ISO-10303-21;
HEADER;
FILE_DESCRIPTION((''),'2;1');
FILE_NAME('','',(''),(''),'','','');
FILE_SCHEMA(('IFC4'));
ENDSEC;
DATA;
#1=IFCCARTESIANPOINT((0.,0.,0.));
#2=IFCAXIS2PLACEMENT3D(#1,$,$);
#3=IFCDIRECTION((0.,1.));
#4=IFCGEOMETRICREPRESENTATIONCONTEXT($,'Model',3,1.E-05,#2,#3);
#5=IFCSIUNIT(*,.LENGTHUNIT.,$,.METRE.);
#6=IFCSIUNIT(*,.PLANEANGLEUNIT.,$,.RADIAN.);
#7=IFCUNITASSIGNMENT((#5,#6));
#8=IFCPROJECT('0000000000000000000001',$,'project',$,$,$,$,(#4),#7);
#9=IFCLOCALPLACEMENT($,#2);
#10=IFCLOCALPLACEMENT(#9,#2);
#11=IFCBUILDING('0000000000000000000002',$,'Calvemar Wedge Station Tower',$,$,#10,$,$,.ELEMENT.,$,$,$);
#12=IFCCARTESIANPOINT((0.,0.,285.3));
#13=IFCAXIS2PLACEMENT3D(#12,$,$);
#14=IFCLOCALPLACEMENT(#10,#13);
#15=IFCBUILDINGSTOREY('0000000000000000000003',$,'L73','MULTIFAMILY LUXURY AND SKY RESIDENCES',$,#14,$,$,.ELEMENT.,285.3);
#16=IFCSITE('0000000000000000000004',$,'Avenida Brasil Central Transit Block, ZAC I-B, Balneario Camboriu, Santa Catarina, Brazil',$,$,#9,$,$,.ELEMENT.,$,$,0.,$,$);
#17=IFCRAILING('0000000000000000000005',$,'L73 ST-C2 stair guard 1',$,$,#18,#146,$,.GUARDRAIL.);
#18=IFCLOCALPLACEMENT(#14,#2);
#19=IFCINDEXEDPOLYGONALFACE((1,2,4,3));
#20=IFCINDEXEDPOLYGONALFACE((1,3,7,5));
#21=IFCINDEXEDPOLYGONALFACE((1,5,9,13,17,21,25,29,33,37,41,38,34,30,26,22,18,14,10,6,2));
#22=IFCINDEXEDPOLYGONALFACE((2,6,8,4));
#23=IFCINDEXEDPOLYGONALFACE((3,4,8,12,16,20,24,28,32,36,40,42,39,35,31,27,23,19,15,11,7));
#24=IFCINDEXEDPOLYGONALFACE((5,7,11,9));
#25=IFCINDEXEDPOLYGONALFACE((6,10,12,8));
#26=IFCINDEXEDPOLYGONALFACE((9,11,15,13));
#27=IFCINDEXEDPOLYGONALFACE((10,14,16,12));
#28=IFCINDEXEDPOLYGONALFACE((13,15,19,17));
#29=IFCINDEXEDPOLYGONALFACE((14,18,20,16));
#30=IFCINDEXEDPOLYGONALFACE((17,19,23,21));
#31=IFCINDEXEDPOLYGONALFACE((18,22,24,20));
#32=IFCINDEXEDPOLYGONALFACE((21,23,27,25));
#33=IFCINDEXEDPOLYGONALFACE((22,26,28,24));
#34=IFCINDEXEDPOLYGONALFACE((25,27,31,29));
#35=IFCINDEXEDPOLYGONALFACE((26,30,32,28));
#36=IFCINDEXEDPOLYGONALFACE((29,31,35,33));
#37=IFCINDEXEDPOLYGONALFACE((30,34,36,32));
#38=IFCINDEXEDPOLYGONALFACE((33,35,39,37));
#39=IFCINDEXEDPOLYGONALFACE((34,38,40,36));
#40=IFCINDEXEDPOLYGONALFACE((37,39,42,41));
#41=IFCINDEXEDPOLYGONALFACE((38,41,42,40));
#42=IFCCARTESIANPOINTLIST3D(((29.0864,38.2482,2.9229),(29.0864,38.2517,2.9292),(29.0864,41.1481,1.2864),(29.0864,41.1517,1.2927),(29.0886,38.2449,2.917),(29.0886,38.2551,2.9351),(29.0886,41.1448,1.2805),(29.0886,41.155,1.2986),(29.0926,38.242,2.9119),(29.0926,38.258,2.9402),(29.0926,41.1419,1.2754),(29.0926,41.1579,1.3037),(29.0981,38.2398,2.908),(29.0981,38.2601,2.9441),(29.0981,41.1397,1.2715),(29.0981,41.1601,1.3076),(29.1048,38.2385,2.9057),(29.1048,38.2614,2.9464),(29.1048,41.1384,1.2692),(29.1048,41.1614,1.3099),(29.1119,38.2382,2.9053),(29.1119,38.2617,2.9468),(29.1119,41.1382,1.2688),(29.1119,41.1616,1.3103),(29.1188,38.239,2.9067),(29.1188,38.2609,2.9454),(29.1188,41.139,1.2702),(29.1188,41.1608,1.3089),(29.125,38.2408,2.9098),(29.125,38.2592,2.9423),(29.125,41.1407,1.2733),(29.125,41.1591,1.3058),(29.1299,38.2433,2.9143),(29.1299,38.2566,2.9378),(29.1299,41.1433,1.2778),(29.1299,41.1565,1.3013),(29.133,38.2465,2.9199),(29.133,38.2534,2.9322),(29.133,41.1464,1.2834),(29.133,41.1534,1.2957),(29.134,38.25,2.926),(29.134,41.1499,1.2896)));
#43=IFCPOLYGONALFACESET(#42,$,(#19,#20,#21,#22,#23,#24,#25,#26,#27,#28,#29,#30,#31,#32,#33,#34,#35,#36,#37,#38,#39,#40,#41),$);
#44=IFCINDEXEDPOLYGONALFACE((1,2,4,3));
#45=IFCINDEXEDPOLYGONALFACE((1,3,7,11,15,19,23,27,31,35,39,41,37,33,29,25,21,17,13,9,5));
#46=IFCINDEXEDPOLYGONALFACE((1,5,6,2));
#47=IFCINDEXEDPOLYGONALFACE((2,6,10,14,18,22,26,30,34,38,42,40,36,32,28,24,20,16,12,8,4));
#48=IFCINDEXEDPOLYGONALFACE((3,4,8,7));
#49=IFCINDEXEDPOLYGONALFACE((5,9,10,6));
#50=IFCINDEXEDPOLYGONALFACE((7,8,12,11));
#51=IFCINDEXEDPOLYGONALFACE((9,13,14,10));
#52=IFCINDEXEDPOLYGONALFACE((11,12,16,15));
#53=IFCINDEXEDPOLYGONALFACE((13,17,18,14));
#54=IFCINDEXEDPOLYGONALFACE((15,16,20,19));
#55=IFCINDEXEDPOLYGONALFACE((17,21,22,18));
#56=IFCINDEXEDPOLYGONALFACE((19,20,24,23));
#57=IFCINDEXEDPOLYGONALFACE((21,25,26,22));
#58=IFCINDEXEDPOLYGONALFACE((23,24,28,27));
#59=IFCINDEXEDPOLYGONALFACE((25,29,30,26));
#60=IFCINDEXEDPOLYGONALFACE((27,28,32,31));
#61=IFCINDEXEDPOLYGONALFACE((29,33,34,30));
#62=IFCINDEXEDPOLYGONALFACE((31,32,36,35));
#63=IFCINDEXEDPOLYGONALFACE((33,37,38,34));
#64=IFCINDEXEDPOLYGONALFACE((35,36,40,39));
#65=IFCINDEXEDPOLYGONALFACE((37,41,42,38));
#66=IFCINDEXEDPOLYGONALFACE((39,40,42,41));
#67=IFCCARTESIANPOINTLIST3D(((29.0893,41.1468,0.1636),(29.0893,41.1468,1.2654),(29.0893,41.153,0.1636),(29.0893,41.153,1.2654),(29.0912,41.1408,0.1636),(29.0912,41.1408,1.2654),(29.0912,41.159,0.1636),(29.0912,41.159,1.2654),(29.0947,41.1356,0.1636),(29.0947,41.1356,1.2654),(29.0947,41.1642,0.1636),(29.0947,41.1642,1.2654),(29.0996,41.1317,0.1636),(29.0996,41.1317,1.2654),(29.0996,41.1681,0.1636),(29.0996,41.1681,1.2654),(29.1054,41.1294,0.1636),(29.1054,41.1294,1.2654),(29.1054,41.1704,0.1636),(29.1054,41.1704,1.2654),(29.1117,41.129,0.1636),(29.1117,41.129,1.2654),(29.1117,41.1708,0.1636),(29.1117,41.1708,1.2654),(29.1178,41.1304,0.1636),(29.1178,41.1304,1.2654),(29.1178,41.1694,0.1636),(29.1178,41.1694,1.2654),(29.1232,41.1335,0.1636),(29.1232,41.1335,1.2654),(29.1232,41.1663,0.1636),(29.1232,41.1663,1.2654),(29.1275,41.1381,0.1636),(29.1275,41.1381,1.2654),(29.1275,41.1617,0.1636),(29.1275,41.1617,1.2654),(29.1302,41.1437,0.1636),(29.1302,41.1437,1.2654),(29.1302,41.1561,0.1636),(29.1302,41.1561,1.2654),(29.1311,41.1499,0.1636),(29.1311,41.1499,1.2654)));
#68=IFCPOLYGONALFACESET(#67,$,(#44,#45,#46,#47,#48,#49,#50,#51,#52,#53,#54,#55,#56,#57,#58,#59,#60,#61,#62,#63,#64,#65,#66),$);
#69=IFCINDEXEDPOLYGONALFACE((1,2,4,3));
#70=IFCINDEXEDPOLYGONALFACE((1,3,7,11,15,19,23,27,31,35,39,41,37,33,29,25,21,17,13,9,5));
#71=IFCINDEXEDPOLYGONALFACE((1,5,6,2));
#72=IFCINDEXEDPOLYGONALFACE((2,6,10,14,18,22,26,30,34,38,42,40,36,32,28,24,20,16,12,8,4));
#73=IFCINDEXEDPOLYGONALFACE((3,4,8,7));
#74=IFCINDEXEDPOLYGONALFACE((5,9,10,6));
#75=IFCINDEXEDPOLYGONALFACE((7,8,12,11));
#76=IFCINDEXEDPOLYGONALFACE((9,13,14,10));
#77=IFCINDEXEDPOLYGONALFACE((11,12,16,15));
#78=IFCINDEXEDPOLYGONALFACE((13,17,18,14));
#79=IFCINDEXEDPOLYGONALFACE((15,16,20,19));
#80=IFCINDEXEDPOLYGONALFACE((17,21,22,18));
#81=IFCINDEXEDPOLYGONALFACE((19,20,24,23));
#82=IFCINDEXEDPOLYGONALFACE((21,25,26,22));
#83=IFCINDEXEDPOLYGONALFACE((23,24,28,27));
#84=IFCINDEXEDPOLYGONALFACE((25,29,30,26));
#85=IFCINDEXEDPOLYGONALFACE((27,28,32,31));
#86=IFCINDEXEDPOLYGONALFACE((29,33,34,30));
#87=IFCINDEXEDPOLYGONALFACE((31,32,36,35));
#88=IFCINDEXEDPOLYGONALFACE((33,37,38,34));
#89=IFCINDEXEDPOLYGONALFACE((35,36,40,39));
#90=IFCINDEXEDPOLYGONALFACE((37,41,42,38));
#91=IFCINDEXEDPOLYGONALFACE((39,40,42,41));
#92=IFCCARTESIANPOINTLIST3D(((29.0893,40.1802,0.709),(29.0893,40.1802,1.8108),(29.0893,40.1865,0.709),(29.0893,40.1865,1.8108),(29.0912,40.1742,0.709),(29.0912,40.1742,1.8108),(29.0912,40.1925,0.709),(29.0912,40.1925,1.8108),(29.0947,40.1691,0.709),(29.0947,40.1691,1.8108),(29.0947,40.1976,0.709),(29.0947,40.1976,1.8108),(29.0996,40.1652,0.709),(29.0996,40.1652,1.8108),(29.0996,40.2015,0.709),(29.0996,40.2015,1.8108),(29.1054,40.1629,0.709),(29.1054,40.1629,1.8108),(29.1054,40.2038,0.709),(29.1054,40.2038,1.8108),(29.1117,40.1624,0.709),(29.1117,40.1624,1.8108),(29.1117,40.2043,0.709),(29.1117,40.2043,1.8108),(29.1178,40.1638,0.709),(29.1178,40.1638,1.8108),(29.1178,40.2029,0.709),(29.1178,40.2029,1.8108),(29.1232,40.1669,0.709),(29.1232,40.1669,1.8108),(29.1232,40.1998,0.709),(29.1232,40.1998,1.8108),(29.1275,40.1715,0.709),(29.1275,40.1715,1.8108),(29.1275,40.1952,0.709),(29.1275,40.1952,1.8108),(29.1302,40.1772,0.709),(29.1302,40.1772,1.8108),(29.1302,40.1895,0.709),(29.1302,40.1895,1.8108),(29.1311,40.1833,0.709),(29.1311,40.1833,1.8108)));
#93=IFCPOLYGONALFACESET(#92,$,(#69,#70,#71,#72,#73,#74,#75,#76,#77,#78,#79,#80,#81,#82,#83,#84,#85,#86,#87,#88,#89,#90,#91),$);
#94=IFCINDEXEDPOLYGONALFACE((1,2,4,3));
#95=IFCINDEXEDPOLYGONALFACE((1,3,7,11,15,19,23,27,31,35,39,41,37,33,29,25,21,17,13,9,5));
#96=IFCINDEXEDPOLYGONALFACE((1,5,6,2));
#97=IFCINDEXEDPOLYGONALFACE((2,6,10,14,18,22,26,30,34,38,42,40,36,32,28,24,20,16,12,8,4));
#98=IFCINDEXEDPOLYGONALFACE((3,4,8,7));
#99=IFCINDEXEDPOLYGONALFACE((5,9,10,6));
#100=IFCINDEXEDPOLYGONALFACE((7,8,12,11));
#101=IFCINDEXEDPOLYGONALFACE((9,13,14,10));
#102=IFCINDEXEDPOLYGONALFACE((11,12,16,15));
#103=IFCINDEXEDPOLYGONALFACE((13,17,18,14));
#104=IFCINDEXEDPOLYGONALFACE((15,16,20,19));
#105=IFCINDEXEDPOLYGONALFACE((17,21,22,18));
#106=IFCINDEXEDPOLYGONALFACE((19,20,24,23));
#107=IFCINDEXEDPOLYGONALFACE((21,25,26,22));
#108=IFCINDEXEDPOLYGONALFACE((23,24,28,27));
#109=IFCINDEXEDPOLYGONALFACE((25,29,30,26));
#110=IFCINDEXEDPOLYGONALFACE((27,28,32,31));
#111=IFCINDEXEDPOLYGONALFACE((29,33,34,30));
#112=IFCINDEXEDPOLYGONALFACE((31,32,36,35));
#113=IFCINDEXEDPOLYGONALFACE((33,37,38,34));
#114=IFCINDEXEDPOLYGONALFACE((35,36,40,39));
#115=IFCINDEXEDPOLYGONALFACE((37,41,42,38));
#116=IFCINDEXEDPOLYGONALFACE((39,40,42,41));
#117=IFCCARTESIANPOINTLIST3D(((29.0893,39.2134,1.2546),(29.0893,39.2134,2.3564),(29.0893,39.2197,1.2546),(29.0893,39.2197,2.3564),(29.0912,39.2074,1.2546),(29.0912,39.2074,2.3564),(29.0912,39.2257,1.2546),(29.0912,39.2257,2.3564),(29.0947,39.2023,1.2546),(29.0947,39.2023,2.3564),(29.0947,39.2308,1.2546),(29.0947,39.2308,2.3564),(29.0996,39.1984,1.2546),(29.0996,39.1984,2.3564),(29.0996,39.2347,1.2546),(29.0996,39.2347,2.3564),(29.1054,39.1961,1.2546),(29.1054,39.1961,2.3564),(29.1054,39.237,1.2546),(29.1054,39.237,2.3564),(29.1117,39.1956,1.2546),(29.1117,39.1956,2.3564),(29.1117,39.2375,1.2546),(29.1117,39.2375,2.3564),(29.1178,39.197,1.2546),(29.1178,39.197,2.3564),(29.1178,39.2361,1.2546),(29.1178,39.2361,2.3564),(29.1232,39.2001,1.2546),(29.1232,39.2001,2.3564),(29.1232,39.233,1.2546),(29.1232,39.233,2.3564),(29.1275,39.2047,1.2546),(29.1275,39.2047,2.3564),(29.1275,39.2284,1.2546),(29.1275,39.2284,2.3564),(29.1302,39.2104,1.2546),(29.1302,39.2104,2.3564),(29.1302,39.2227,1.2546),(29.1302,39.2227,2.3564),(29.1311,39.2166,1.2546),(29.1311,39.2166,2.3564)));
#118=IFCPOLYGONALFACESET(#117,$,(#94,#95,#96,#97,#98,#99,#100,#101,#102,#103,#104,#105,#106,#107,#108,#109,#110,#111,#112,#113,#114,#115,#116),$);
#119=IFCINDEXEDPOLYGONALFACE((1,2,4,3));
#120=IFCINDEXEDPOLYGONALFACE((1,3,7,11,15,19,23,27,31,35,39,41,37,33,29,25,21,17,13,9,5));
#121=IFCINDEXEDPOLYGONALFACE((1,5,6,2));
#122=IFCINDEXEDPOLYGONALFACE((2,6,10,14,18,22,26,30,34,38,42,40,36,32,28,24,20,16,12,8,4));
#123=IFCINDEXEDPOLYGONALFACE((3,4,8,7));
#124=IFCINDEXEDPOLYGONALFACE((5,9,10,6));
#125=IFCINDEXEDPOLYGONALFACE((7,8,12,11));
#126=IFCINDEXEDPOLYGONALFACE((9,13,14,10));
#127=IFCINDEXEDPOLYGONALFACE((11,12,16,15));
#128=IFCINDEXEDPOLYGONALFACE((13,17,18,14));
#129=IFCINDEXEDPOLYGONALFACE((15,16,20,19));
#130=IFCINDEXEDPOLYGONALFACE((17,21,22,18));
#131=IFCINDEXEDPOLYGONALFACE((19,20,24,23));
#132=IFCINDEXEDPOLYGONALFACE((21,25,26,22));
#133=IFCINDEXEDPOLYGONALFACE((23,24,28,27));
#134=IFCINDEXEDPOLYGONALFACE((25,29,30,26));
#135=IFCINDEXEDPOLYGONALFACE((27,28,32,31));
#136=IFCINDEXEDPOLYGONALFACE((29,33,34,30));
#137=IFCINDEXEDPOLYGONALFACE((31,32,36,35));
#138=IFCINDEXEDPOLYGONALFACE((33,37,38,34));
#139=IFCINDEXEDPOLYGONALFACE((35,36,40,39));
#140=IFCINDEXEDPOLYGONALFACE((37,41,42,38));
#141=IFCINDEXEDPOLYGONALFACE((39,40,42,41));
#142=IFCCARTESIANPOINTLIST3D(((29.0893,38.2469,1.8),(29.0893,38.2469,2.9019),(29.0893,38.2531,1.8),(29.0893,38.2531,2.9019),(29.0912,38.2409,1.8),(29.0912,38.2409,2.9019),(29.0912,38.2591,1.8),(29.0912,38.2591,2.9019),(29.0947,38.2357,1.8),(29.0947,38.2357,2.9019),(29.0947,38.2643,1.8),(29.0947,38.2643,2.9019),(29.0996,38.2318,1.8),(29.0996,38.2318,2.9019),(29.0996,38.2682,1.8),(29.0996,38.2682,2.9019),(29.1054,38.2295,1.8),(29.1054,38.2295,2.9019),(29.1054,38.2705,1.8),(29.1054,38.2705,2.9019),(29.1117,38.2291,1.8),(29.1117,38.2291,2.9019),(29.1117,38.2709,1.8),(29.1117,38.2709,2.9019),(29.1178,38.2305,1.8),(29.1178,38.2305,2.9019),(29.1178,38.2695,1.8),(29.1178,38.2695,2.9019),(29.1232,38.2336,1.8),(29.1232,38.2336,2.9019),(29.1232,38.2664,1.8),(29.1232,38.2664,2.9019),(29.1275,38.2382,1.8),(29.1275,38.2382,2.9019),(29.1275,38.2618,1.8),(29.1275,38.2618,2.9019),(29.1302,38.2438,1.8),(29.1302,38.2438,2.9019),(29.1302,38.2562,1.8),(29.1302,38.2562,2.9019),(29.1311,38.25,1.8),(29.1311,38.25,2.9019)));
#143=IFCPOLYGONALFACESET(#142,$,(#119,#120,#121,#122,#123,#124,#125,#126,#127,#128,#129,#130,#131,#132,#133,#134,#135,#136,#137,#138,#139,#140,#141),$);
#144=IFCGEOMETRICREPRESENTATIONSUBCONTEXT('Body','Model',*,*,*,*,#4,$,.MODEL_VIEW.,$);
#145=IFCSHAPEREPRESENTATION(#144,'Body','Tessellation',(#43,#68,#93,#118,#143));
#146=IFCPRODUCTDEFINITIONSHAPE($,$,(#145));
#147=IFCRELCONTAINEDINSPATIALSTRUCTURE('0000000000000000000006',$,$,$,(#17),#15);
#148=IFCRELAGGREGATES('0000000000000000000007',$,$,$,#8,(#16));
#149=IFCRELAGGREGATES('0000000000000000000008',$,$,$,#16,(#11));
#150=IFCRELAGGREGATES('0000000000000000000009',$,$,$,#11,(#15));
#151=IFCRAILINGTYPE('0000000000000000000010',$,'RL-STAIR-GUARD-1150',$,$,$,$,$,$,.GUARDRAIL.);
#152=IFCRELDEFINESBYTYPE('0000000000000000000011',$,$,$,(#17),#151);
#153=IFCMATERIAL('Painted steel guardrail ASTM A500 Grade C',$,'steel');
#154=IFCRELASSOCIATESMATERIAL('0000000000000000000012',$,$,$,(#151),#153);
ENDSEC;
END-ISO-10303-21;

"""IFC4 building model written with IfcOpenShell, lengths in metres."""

from ifc_helpers import new_model, si_unit, direction, frame, origin, origin_2d, place, context, subcontext, project, spatial, circle, extrude, material, type_object, element, save


model = new_model("IFC4")

# Units and contexts
model_context = context("Model", 3, precision=1e-05, world=origin(), true_north=direction((0.0, 1.0)))
body_context = subcontext(model_context, "Body", "Model", "MODEL_VIEW")
ifc_project = project(units=[si_unit("LENGTHUNIT", "METRE"), si_unit("PLANEANGLEUNIT", "RADIAN")], contexts=[model_context])

# Site, building, storey
site_placement = place(None, origin())
site = spatial("IfcSite", under=ifc_project, at=site_placement, Name="Avenida Brasil Central Transit Block, ZAC I-B, Balneario Camboriu, Santa Catarina, Brazil", CompositionType="ELEMENT", RefElevation=0.0)
building_placement = place(site_placement, origin())
building = spatial("IfcBuilding", under=site, at=building_placement, Name="Calvemar Wedge Station Tower", CompositionType="ELEMENT")
storey_placement = place(building_placement, frame((0.0, 0.0, 285.3)))
storey = spatial("IfcBuildingStorey", under=building, at=storey_placement, Name="L73", Description="MULTIFAMILY LUXURY AND SKY RESIDENCES", CompositionType="ELEMENT", Elevation=285.3)

# Railing
ifc_material_1 = material(Name="Painted steel guardrail ASTM A500 Grade C", Category="steel")
railing_type_1 = type_object("IfcRailingType", Name="RL-STAIR-GUARD-1150", PredefinedType="GUARDRAIL", material=ifc_material_1)
railing_1_placement = place(storey_placement, frame((29.1101, 41.1499, 0.1636)))
element("IfcRailing", 1, at=railing_1_placement, inside=storey, type_object=railing_type_1, Name="L73 ST-C2 stair guard 1", PredefinedType="GUARDRAIL", context=body_context, shape_type="SweptSolid", body=[
    extrude(circle(Radius=0.0239, at=origin_2d()), frame((0.0, 0.0, 1.126), z_axis=(0.0, -0.870897, 0.491465), x_axis=(1.0, 0.0, 0.0)), (0.0, 0.0, 1.0), 3.3298),
    extrude(circle(Radius=0.021, at=origin_2d()), origin(), (0.0, 0.0, 1.0), 1.1018),
    extrude(circle(Radius=0.021, at=origin_2d()), frame((0.0, -0.9666, 0.5454)), (0.0, 0.0, 1.0), 1.1018),
    extrude(circle(Radius=0.021, at=origin_2d()), frame((0.0, -1.9333, 1.0911)), (0.0, 0.0, 1.0), 1.1018),
    extrude(circle(Radius=0.021, at=origin_2d()), frame((0.0, -2.8999, 1.6365)), (0.0, 0.0, 1.0), 1.1018),
])

save(model, "model.ifc")
